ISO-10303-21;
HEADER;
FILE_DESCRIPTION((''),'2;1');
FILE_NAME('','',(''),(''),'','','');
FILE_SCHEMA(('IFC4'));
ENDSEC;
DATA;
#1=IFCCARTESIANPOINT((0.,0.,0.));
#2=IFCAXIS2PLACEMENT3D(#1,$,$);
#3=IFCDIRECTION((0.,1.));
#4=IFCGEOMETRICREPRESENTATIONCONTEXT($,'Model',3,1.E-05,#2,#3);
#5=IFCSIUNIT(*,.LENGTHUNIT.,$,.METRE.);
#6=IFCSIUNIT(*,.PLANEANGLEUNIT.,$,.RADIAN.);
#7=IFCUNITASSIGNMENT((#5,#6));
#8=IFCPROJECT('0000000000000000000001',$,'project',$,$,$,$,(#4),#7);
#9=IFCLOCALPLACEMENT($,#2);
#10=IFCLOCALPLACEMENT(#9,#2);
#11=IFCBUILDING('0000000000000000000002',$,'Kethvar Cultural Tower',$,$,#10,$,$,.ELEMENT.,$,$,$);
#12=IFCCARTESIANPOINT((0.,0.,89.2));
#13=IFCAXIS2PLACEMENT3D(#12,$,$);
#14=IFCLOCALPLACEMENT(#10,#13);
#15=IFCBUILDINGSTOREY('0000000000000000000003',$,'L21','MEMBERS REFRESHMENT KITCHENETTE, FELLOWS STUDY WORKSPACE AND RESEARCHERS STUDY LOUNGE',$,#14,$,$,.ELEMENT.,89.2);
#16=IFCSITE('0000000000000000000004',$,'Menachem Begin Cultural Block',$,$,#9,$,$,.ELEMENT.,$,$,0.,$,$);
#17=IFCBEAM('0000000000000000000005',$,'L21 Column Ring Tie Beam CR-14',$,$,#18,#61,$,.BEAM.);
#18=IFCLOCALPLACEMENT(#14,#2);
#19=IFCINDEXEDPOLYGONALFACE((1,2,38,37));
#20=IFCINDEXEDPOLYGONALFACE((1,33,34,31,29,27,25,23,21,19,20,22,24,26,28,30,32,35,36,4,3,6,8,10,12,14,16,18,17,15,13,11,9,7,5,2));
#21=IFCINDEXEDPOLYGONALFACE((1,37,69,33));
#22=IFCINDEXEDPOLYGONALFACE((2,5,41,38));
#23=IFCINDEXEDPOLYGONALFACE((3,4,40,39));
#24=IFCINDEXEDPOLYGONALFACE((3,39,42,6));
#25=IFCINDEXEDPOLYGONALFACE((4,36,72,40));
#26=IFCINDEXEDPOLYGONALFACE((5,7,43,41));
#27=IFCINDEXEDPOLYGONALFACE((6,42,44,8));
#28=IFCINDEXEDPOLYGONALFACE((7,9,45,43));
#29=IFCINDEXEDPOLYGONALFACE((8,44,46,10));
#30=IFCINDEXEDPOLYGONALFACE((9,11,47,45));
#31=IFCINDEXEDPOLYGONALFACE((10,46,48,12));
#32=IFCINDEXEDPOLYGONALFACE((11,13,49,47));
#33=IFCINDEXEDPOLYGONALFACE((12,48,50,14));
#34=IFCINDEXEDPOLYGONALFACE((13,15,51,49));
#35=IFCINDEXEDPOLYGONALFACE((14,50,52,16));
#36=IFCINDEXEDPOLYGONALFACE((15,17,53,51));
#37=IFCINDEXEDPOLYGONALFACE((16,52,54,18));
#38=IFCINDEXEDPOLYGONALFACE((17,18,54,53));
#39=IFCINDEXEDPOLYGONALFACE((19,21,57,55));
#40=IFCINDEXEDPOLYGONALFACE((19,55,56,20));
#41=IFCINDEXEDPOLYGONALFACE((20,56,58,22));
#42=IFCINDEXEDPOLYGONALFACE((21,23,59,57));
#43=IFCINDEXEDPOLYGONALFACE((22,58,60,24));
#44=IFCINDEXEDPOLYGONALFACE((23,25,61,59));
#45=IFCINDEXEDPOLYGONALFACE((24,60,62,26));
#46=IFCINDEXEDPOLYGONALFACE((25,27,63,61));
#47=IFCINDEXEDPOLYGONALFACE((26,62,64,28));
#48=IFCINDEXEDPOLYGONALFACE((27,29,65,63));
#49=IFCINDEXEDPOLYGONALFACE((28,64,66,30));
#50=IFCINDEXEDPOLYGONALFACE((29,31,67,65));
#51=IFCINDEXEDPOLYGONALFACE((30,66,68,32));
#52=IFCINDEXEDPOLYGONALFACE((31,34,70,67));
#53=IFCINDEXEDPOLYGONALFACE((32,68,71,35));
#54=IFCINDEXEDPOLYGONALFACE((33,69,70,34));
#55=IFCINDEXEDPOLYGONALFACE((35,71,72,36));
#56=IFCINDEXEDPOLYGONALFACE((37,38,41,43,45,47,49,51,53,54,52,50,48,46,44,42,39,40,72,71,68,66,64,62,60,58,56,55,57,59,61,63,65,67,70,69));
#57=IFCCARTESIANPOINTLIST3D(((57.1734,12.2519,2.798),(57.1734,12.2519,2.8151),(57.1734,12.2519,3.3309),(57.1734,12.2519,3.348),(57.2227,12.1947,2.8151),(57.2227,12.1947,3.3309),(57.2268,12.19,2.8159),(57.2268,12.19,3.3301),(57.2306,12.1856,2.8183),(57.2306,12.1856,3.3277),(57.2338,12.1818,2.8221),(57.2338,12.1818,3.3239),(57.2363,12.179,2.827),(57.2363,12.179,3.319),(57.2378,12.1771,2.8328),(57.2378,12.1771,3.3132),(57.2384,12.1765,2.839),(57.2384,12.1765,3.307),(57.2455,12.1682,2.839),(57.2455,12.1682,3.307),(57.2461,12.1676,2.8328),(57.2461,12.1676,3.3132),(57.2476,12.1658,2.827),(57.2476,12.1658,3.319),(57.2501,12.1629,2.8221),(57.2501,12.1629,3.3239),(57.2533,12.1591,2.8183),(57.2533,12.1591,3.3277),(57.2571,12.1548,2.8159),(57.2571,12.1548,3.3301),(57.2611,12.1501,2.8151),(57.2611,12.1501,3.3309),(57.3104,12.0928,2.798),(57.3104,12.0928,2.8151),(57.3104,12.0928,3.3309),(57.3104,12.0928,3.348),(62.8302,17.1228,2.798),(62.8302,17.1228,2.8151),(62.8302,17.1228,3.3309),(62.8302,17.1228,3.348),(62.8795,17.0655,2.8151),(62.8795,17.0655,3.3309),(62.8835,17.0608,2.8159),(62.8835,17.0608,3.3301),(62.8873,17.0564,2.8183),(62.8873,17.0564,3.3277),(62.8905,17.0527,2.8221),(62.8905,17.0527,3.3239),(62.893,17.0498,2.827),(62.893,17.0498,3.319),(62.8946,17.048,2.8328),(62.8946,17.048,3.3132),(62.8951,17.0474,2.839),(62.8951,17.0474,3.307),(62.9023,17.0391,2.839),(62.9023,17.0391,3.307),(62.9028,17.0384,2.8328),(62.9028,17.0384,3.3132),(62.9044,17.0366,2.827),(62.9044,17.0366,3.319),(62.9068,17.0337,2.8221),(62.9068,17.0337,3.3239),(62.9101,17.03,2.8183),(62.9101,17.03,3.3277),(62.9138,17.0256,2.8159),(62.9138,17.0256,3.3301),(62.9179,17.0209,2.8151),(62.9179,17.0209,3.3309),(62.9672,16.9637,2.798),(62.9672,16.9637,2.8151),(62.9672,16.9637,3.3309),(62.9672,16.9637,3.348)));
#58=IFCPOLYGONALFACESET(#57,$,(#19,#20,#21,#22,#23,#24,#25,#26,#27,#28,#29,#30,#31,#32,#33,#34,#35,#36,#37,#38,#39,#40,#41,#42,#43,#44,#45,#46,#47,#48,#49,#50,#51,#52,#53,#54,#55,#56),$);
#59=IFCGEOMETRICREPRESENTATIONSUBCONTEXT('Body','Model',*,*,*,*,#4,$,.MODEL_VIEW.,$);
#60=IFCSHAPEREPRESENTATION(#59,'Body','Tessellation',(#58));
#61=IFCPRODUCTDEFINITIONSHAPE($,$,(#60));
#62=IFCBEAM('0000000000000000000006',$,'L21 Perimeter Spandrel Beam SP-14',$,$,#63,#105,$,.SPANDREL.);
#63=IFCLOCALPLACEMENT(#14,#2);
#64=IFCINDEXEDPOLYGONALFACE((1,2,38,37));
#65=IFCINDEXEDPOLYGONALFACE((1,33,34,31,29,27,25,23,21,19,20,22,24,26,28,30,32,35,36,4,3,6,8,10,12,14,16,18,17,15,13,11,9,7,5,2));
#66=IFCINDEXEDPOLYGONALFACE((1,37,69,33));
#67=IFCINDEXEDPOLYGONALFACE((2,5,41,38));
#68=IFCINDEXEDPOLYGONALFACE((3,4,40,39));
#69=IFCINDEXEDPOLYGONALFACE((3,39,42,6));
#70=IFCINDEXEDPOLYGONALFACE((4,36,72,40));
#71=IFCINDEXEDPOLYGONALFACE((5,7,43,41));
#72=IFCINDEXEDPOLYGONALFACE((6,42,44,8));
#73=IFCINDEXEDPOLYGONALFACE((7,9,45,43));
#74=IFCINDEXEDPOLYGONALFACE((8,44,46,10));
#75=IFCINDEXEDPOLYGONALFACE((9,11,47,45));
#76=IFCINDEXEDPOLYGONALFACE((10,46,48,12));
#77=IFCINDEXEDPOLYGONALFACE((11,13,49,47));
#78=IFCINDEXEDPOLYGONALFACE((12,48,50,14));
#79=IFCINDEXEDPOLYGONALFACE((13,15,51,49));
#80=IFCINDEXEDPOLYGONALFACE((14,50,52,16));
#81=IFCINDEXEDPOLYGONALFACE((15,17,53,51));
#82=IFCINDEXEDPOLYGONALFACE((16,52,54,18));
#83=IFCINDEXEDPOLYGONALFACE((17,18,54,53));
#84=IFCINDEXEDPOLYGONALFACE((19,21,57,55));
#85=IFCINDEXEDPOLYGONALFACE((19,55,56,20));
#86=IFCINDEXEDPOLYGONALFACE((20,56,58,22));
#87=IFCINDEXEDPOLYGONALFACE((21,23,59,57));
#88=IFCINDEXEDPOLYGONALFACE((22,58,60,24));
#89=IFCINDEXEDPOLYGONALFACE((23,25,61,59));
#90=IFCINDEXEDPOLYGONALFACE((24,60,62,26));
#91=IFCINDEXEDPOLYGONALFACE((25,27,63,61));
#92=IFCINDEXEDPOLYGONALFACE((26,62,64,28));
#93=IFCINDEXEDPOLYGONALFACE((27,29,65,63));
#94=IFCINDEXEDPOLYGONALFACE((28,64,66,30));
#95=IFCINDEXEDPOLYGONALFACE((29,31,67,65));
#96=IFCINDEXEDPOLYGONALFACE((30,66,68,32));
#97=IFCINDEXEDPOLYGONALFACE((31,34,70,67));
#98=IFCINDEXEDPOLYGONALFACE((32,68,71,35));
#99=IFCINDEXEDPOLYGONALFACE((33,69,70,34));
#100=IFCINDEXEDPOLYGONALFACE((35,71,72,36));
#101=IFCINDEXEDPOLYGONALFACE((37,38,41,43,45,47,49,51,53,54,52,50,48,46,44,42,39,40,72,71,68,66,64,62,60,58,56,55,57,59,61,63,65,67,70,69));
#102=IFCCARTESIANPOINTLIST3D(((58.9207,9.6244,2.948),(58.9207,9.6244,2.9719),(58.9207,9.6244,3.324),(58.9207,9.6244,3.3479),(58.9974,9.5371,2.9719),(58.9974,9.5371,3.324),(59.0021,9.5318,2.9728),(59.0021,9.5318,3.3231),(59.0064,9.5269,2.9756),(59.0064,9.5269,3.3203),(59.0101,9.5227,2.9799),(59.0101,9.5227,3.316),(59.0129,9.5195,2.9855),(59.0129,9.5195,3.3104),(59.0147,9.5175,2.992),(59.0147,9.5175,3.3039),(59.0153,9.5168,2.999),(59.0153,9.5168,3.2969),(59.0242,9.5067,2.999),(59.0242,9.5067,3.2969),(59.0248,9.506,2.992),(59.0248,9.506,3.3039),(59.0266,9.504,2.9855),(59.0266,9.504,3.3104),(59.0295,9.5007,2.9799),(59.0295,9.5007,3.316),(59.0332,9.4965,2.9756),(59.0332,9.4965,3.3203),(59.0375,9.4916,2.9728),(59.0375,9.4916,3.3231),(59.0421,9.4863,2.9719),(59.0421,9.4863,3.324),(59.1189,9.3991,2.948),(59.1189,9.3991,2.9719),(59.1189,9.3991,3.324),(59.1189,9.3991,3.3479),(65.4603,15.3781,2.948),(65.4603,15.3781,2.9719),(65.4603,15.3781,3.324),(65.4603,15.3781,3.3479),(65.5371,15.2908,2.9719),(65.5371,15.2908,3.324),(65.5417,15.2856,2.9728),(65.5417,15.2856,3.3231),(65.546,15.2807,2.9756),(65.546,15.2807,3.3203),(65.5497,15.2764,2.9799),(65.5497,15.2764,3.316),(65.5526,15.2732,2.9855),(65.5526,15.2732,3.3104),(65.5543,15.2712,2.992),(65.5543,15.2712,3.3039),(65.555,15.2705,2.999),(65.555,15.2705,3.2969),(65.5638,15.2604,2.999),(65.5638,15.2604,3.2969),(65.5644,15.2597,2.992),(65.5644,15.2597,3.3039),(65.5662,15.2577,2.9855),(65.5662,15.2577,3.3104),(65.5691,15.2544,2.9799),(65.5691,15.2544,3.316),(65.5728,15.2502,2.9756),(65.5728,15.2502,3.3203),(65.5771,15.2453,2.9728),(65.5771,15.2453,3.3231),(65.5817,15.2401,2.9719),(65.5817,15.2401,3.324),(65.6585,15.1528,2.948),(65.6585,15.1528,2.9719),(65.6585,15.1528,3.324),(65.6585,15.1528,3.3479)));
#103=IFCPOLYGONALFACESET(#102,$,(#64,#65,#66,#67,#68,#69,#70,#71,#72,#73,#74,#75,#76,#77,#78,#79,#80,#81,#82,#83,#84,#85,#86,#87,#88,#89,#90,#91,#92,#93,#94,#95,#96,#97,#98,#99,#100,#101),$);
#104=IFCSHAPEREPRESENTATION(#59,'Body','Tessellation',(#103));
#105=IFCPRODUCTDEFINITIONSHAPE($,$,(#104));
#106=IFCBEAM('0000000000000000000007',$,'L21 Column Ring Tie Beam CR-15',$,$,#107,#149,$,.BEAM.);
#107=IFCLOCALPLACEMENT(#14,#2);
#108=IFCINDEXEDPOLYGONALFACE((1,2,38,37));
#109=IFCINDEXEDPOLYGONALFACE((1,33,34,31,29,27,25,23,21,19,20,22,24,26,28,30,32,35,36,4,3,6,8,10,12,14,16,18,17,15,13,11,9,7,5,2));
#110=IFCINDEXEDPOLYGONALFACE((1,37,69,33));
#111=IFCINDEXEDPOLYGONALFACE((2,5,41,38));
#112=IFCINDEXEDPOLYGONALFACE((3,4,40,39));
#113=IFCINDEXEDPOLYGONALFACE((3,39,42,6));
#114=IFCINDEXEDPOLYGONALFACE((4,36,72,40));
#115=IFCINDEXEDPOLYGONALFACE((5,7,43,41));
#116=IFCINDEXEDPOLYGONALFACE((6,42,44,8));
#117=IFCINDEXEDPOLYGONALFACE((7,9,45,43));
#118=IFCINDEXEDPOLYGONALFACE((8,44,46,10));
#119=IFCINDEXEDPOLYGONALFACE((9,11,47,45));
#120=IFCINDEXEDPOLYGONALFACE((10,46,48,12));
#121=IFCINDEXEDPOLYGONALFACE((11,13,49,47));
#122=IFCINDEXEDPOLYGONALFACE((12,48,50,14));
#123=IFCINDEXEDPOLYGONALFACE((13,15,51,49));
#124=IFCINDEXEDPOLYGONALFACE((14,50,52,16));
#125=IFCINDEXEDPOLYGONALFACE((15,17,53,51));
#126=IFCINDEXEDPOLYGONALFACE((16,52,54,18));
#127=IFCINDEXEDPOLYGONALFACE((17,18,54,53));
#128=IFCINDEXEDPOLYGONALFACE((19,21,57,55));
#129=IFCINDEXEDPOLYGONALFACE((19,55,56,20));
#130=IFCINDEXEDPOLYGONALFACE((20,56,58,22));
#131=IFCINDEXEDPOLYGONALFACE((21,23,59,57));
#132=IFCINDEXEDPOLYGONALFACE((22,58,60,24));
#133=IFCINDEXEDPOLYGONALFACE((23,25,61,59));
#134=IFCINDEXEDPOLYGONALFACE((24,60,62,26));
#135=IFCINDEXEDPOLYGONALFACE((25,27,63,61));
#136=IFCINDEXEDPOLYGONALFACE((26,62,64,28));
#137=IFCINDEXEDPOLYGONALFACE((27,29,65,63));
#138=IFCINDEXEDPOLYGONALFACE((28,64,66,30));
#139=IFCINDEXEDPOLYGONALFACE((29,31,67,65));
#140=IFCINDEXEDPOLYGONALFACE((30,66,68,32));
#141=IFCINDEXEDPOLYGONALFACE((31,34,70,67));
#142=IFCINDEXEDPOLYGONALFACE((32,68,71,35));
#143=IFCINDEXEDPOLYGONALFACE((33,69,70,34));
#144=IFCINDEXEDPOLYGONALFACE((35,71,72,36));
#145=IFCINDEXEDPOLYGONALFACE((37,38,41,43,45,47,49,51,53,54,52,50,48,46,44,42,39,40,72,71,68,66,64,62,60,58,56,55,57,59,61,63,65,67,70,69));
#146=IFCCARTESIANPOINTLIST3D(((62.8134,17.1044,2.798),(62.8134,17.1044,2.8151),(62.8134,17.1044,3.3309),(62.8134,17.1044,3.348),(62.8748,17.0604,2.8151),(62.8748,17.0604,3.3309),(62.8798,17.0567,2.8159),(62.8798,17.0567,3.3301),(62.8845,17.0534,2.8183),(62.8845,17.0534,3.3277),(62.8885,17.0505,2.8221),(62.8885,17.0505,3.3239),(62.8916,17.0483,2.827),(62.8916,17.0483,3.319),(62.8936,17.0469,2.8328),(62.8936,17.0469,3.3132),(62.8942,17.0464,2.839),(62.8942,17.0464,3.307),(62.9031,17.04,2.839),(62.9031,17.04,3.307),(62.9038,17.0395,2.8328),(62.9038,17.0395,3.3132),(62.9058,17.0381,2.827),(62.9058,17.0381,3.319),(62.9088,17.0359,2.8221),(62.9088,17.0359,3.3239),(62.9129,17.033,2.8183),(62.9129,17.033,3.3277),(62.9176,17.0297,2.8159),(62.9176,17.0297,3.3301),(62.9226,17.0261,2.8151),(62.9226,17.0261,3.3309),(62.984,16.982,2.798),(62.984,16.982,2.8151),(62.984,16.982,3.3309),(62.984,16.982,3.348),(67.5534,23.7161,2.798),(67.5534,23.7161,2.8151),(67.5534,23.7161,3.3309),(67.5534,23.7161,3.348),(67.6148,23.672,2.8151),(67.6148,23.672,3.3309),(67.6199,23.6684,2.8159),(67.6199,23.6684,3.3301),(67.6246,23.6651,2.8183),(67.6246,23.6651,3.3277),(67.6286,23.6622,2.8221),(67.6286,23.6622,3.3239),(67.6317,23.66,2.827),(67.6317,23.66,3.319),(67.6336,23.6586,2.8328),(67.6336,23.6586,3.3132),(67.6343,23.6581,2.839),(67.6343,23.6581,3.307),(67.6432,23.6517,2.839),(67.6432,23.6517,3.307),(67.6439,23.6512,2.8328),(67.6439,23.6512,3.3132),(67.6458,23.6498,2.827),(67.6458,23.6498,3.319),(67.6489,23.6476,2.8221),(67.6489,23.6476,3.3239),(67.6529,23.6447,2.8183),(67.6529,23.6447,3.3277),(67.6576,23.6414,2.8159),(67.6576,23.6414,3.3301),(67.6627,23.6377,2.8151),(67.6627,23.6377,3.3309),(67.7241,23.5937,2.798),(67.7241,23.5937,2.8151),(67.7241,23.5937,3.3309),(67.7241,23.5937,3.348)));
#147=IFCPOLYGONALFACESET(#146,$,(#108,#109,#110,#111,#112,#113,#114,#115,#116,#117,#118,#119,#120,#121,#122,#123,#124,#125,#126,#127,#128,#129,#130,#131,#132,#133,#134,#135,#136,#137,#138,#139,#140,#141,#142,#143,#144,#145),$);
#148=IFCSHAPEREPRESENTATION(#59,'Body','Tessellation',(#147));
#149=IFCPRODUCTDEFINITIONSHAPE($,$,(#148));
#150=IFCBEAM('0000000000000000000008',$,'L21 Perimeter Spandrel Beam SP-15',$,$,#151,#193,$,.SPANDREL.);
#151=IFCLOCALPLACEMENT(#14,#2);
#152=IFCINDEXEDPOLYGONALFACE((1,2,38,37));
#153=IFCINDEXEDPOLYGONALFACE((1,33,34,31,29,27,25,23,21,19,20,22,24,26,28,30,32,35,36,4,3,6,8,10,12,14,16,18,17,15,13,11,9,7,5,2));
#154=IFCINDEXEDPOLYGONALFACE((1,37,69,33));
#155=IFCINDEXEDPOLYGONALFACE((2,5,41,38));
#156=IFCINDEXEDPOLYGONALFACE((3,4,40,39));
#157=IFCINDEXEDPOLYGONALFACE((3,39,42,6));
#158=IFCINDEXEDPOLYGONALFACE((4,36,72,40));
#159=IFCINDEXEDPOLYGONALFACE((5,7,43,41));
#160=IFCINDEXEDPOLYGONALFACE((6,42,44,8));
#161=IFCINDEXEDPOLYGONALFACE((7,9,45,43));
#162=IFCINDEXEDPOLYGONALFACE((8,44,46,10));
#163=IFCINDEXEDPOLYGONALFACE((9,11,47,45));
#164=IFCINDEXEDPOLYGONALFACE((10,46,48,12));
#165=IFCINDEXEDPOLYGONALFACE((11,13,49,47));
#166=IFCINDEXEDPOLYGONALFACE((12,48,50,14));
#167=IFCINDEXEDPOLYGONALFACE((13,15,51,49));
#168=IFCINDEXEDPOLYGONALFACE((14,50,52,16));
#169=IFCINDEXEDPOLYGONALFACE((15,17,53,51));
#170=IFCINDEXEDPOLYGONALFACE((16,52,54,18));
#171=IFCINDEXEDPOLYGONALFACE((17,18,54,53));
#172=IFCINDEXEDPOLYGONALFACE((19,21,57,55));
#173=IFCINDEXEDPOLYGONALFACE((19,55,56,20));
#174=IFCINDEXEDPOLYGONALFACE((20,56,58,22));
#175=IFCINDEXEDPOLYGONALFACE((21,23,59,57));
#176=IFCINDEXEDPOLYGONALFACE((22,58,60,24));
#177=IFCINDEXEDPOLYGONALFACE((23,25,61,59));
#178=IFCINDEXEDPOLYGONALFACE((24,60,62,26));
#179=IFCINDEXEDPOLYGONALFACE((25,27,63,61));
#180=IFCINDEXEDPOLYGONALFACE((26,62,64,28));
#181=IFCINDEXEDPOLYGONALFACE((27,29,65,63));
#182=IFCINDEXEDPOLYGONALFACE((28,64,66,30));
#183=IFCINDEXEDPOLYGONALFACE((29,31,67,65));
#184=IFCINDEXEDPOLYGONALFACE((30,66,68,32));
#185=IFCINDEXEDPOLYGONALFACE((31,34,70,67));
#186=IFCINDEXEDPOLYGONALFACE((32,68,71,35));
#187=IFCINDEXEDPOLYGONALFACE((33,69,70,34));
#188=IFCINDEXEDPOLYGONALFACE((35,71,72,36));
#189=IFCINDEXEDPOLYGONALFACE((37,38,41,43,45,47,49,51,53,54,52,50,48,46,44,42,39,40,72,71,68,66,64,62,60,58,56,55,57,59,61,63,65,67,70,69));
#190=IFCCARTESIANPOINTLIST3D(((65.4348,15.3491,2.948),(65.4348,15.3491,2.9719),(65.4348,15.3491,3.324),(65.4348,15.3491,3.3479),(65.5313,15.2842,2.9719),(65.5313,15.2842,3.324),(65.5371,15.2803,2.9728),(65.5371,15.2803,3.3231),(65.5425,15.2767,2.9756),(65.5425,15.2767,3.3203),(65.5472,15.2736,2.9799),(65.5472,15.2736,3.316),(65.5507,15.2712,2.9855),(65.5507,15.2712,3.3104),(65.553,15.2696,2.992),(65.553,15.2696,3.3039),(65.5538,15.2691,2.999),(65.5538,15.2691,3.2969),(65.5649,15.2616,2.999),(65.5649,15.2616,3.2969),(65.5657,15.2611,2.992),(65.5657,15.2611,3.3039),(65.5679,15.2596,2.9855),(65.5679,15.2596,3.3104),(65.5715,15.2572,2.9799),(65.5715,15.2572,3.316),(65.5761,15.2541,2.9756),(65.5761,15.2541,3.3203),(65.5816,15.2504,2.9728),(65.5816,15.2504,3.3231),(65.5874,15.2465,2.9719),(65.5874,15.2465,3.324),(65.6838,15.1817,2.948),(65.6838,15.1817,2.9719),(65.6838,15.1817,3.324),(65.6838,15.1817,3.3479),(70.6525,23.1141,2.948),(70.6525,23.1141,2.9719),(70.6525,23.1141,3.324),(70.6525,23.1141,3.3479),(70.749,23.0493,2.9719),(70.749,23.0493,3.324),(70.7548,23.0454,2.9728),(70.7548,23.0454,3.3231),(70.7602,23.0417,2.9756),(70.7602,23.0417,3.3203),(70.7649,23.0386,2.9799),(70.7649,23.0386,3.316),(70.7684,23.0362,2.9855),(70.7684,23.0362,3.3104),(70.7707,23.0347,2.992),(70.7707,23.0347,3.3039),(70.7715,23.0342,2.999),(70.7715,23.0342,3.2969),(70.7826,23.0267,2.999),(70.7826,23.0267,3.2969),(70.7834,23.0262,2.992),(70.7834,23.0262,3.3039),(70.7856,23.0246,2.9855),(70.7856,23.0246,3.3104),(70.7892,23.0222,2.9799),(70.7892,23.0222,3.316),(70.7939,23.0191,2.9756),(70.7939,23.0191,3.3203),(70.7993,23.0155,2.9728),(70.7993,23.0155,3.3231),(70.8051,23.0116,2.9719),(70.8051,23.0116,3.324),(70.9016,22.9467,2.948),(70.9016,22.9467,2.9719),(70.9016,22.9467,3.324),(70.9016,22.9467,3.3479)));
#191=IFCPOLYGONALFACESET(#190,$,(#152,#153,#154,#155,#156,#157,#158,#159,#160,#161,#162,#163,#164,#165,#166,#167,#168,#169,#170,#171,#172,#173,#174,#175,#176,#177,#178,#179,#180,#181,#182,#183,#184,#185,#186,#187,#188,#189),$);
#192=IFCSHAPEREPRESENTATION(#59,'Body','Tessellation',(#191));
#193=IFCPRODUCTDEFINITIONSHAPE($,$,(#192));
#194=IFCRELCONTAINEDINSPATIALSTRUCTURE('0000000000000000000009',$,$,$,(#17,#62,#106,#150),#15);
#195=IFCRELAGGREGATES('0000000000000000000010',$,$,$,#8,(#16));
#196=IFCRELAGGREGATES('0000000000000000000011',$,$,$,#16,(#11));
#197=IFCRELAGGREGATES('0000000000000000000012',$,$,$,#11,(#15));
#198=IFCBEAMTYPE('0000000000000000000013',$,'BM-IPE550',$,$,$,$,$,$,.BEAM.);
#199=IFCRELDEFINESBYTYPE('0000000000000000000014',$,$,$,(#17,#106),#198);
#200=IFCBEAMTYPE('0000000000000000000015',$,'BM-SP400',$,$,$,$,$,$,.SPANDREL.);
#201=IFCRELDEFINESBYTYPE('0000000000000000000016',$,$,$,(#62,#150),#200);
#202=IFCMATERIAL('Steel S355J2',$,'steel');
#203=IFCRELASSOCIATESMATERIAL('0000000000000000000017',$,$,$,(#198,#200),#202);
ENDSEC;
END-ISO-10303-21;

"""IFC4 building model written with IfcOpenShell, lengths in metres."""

from ifc_helpers import new_model, si_unit, direction, frame, origin, origin_2d, place, context, subcontext, project, spatial, i_section, extrude, source, transform, mapped, material, material_profile, profile_set, type_object, element, save


model = new_model("IFC4")

# Units and contexts
model_context = context("Model", 3, precision=1e-05, world=origin(), true_north=direction((0.0, 1.0)))
body_context = subcontext(model_context, "Body", "Model", "MODEL_VIEW")
ifc_project = project(units=[si_unit("LENGTHUNIT", "METRE"), si_unit("PLANEANGLEUNIT", "RADIAN")], contexts=[model_context])

# Site, building, storey
site_placement = place(None, origin())
site = spatial("IfcSite", under=ifc_project, at=site_placement, Name="Menachem Begin Cultural Block", CompositionType="ELEMENT", RefElevation=0.0)
building_placement = place(site_placement, origin())
building = spatial("IfcBuilding", under=site, at=building_placement, Name="Kethvar Cultural Tower", CompositionType="ELEMENT")
storey_placement = place(building_placement, frame((0.0, 0.0, 89.2)))
storey = spatial("IfcBuildingStorey", under=building, at=storey_placement, Name="L21", Description="MEMBERS REFRESHMENT KITCHENETTE, FELLOWS STUDY WORKSPACE AND RESEARCHERS STUDY LOUNGE", CompositionType="ELEMENT", Elevation=89.2)

# Beams
ifc_material_1 = material(Name="Steel S355J2", Category="steel")
ifc_material_profile_1 = material_profile(ifc_material_1, i_section(OverallWidth=0.21, OverallDepth=0.55, WebThickness=0.011, FlangeThickness=0.0171, FilletRadius=0.0239, at=origin_2d()), Name="Steel S355J2 — IPE550")
ifc_profile_set_1 = profile_set([ifc_material_profile_1], Name="Steel S355J2 — IPE550")
beam_type_1 = type_object("IfcBeamType", Name="BM-IPE550", PredefinedType="BEAM", material=ifc_profile_set_1)
shared_shape_1 = source(origin(), body_context, "Body", "SweptSolid", [
    extrude(i_section(OverallWidth=0.21, OverallDepth=0.55, WebThickness=0.011, FlangeThickness=0.0171, FilletRadius=0.0239, at=origin_2d()), origin(), (0.0, 0.0, 1.0), 7.4648),
])
beam_1_placement = place(storey_placement, frame((57.2419, 12.1724, 3.073), z_axis=(0.757784, 0.652505, 0.0), x_axis=(-0.652505, 0.757784, 0.0)))
element("IfcBeam", 1, at=beam_1_placement, inside=storey, type_object=beam_type_1, Name="L21 Column Ring Tie Beam CR-14", PredefinedType="BEAM", context=body_context, shape_type="MappedRepresentation", body=[
    mapped(shared_shape_1, transform((0.0, 0.0, 0.0), scale=1.0)),
])
ifc_material_profile_2 = material_profile(ifc_material_1, i_section(OverallWidth=0.3, OverallDepth=0.3999, WebThickness=0.0134, FlangeThickness=0.0239, FilletRadius=0.0271, at=origin_2d()), Name="Steel S355J2 — HEB400")
ifc_profile_set_2 = profile_set([ifc_material_profile_2], Name="Steel S355J2 — HEB400")
beam_type_2 = type_object("IfcBeamType", Name="BM-SP400", PredefinedType="SPANDREL", material=ifc_profile_set_2)
shared_shape_2 = source(origin(), body_context, "Body", "SweptSolid", [
    extrude(i_section(OverallWidth=0.3, OverallDepth=0.3999, WebThickness=0.0134, FlangeThickness=0.0239, FilletRadius=0.0271, at=origin_2d()), origin(), (0.0, 0.0, 1.0), 8.7104),
])
beam_2_placement = place(storey_placement, frame((59.0198, 9.5117, 3.1479), z_axis=(0.750779, 0.660554, 0.0), x_axis=(-0.660554, 0.750779, 0.0)))
element("IfcBeam", 2, at=beam_2_placement, inside=storey, type_object=beam_type_2, Name="L21 Perimeter Spandrel Beam SP-14", PredefinedType="SPANDREL", context=body_context, shape_type="MappedRepresentation", body=[
    mapped(shared_shape_2, transform((0.0, 0.0, 0.0), scale=1.0)),
])
shared_shape_3 = source(origin(), body_context, "Body", "SweptSolid", [
    extrude(i_section(OverallWidth=0.21, OverallDepth=0.55, WebThickness=0.011, FlangeThickness=0.0171, FilletRadius=0.0239, at=origin_2d()), origin(), (0.0, 0.0, 1.0), 8.1353),
])
beam_3_placement = place(storey_placement, frame((62.8987, 17.0432, 3.073), z_axis=(0.582657, 0.812718, 0.0), x_axis=(-0.812718, 0.582657, 0.0)))
element("IfcBeam", 3, at=beam_3_placement, inside=storey, type_object=beam_type_1, Name="L21 Column Ring Tie Beam CR-15", PredefinedType="BEAM", context=body_context, shape_type="MappedRepresentation", body=[
    mapped(shared_shape_3, transform((0.0, 0.0, 0.0), scale=1.0)),
])
shared_shape_4 = source(origin(), body_context, "Body", "SweptSolid", [
    extrude(i_section(OverallWidth=0.3, OverallDepth=0.3999, WebThickness=0.0134, FlangeThickness=0.0239, FilletRadius=0.0271, at=origin_2d()), origin(), (0.0, 0.0, 1.0), 9.3552),
])
beam_4_placement = place(storey_placement, frame((65.5593, 15.2654, 3.1479), z_axis=(0.557732, 0.830021, 0.0), x_axis=(-0.830021, 0.557732, 0.0)))
element("IfcBeam", 4, at=beam_4_placement, inside=storey, type_object=beam_type_2, Name="L21 Perimeter Spandrel Beam SP-15", PredefinedType="SPANDREL", context=body_context, shape_type="MappedRepresentation", body=[
    mapped(shared_shape_4, transform((0.0, 0.0, 0.0), scale=1.0)),
])

save(model, "model.ifc")
